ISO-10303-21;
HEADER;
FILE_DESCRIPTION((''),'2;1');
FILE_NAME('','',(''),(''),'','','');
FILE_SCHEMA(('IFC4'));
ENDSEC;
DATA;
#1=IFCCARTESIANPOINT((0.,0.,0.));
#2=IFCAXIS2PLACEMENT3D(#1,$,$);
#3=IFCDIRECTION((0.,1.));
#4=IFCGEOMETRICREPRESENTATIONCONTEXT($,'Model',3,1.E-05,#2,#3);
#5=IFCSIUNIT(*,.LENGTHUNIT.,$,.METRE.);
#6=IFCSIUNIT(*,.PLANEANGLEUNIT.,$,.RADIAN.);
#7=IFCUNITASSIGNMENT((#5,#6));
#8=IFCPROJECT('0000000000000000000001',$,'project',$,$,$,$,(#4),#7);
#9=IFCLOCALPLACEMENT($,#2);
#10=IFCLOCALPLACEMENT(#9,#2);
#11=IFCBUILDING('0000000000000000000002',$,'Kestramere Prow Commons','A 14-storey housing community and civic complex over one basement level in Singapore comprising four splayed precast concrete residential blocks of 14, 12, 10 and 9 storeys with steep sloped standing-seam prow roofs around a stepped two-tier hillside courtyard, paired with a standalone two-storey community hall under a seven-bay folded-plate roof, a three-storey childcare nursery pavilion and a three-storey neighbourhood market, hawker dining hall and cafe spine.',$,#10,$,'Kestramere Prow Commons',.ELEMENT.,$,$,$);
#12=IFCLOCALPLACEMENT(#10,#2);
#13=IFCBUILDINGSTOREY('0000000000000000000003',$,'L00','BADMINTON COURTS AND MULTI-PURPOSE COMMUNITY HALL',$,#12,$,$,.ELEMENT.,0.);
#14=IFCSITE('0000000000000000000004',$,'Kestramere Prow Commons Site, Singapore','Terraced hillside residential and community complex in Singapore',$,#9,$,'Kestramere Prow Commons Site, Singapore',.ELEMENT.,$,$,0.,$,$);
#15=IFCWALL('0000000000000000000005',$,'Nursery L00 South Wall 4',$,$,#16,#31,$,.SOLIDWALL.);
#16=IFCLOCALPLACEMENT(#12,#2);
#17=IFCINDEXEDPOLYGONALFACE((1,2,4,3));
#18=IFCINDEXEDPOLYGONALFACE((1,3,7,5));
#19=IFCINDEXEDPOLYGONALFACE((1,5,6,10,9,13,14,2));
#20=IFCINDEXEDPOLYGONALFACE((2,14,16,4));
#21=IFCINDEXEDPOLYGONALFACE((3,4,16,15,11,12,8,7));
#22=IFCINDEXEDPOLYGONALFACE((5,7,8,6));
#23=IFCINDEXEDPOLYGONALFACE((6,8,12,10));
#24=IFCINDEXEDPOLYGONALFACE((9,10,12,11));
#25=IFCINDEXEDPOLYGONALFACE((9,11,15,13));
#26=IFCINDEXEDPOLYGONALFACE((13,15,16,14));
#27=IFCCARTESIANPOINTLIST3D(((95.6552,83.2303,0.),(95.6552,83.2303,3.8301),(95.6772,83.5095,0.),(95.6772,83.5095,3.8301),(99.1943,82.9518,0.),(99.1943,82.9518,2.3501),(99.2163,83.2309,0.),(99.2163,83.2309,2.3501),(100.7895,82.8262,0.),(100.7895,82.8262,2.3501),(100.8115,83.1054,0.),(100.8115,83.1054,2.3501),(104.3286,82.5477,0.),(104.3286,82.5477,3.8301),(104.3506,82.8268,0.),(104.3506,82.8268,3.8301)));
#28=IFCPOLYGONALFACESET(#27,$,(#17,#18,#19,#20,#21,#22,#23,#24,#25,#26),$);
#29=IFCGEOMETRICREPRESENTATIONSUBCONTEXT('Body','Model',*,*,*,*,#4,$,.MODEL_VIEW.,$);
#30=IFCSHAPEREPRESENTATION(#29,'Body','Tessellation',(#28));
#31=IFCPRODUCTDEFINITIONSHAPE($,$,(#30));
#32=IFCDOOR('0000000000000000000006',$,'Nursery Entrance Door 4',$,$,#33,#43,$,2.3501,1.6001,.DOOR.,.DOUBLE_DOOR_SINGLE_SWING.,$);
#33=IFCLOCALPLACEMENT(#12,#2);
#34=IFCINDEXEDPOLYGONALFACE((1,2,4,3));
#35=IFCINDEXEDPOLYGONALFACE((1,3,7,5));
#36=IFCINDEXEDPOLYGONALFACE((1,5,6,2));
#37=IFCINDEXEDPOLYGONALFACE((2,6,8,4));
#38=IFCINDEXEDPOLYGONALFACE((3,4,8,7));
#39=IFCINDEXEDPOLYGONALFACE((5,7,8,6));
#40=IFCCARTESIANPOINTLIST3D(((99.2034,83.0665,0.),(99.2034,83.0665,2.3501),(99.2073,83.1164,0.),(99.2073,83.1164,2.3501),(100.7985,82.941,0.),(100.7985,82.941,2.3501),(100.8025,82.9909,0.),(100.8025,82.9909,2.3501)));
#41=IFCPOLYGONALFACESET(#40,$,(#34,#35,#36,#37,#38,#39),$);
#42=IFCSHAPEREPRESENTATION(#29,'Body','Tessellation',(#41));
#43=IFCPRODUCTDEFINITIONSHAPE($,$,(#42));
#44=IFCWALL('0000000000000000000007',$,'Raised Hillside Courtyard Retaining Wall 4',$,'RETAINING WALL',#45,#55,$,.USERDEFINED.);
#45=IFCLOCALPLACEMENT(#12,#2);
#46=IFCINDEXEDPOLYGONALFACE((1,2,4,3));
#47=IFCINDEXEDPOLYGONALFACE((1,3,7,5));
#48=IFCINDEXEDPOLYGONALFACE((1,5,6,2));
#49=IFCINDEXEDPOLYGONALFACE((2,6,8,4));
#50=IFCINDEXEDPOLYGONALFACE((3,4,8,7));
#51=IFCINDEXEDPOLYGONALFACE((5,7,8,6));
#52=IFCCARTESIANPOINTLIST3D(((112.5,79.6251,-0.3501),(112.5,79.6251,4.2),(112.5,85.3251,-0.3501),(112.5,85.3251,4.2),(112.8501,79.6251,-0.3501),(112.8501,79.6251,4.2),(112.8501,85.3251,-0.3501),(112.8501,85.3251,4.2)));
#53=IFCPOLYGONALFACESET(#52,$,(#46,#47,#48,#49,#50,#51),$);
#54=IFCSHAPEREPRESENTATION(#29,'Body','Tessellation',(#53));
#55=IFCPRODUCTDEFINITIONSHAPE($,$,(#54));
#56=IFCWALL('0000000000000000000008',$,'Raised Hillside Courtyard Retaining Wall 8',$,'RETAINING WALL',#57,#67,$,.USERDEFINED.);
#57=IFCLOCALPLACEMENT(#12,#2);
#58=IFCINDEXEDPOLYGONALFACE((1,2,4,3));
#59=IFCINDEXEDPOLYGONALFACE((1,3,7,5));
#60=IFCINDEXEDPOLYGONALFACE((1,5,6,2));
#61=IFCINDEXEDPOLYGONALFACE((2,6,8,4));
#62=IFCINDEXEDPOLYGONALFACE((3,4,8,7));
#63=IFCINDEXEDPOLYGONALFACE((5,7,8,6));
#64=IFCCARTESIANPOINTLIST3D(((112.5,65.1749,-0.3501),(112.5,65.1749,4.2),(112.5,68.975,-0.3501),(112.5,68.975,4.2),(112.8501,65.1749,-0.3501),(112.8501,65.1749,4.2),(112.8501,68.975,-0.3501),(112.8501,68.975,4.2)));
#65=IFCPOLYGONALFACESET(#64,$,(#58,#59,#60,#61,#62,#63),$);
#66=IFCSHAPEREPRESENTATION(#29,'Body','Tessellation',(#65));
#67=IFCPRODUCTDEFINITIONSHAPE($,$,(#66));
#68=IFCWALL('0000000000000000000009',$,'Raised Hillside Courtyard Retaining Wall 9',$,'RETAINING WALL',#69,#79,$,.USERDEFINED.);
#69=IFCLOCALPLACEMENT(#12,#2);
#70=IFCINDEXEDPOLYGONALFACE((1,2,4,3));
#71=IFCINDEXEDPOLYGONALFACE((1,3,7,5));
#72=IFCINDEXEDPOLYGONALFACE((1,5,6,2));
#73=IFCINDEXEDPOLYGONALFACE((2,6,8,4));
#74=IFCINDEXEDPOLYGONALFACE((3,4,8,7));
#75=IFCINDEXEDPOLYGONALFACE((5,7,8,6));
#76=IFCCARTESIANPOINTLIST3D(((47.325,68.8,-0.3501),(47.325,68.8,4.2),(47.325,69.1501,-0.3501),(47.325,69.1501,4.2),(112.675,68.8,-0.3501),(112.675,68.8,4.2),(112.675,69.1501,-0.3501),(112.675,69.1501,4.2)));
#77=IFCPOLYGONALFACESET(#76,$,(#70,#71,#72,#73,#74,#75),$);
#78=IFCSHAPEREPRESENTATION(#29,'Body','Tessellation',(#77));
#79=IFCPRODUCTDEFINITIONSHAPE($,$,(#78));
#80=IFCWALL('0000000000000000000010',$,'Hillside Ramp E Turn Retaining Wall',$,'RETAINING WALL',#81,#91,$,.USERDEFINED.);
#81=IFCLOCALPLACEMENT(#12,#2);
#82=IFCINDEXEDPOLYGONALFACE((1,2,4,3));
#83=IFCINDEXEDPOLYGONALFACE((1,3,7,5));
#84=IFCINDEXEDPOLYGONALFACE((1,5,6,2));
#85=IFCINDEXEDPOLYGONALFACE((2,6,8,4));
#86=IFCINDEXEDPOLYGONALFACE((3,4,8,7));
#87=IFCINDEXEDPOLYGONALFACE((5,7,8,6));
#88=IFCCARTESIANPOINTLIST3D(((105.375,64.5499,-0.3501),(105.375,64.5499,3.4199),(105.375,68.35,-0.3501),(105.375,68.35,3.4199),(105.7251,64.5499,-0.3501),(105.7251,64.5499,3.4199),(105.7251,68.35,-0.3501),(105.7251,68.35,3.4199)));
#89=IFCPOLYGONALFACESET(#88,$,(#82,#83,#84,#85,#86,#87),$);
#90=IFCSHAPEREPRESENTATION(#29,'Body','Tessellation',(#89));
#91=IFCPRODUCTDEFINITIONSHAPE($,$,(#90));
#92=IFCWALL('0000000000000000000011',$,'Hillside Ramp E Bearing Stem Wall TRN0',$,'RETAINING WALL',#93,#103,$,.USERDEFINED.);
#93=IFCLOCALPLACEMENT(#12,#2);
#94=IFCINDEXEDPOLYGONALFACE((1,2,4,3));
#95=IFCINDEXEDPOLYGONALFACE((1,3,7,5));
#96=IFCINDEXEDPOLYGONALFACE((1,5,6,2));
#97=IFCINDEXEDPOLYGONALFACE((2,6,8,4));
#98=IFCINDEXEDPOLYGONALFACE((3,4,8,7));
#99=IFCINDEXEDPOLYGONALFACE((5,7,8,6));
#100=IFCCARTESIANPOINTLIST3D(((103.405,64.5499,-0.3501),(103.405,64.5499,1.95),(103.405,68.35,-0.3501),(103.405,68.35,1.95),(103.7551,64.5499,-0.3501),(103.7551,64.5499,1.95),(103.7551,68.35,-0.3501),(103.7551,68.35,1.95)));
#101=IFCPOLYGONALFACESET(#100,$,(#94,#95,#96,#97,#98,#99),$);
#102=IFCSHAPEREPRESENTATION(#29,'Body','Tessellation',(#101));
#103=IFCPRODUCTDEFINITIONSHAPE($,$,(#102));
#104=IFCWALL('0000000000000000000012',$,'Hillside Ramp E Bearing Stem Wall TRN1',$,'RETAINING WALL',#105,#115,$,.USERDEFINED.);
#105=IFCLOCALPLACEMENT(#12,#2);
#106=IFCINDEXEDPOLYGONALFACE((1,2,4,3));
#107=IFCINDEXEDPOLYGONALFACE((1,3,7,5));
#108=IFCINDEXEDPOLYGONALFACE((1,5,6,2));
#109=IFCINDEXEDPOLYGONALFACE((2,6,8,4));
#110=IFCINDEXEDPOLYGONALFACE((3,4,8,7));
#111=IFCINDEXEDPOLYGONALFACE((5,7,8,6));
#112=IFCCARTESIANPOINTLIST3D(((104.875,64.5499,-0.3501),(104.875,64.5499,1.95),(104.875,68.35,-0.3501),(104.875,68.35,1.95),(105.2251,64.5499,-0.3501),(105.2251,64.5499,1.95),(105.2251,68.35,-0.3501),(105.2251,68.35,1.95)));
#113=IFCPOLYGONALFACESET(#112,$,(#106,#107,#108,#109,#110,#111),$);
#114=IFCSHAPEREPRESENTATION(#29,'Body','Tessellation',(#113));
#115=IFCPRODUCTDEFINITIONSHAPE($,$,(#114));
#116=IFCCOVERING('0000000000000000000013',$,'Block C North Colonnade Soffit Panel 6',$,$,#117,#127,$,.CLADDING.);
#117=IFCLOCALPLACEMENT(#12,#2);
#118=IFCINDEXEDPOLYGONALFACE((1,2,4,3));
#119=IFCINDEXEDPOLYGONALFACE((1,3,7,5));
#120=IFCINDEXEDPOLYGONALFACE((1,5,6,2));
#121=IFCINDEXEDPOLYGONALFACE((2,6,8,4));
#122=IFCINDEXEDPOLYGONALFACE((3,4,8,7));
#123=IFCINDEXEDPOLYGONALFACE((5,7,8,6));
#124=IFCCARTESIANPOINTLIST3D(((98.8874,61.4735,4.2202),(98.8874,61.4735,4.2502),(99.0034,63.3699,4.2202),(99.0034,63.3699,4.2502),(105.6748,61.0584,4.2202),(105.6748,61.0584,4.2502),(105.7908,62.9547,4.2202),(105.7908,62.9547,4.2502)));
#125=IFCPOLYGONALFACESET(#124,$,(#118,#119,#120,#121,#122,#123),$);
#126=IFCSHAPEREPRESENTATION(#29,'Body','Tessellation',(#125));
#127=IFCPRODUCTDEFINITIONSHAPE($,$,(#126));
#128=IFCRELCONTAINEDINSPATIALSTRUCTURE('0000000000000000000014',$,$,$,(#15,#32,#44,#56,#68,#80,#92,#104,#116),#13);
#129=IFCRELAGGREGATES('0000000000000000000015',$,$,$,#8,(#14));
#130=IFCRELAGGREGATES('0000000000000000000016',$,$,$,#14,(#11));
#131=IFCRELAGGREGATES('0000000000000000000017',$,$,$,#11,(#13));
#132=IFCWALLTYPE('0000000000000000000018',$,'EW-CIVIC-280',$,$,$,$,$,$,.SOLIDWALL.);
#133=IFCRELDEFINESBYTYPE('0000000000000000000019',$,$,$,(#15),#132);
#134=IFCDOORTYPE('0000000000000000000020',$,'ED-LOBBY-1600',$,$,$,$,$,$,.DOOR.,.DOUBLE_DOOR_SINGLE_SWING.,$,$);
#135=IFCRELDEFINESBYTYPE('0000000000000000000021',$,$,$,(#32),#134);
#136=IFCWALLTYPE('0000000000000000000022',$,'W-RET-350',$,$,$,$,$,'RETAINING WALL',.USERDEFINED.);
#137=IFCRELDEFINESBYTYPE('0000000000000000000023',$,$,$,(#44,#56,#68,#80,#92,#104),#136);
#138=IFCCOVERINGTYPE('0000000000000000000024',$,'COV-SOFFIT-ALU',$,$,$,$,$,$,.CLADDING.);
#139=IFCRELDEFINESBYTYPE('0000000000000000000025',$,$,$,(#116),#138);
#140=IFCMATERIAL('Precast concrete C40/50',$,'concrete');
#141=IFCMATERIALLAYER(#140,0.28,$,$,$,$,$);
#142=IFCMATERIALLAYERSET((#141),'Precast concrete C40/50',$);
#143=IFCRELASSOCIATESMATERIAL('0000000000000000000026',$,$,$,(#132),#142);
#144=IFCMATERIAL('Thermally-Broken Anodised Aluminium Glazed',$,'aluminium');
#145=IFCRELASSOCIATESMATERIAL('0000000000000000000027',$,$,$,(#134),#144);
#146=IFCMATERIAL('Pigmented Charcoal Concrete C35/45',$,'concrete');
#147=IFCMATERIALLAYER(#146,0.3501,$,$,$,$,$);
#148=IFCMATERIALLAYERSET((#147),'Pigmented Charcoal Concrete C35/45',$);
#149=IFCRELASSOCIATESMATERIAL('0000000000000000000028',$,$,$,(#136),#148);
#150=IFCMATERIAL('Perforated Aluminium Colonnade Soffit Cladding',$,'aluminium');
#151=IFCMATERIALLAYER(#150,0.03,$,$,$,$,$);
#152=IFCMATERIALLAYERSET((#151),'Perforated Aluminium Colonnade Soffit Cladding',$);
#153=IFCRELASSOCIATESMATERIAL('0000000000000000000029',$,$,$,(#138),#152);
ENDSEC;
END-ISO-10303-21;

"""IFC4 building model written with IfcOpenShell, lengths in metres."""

from ifc_helpers import new_model, si_unit, direction, frame, frame_2d, origin, origin_2d, place, context, subcontext, project, spatial, rectangle, extrude, material, layer, layer_set, type_object, element, fill, save


model = new_model("IFC4")

# Units and contexts
model_context = context("Model", 3, precision=1e-05, world=origin(), true_north=direction((0.0, 1.0)))
body_context = subcontext(model_context, "Body", "Model", "MODEL_VIEW")
ifc_project = project(units=[si_unit("LENGTHUNIT", "METRE"), si_unit("PLANEANGLEUNIT", "RADIAN")], contexts=[model_context])

# Site, building, storey
site_placement = place(None, origin())
site = spatial("IfcSite", under=ifc_project, at=site_placement, Name="Kestramere Prow Commons Site, Singapore", Description="Terraced hillside residential and community complex in Singapore", LongName="Kestramere Prow Commons Site, Singapore", CompositionType="ELEMENT", RefElevation=0.0)
building_placement = place(site_placement, origin())
building = spatial("IfcBuilding", under=site, at=building_placement, Name="Kestramere Prow Commons", Description="A 14-storey housing community and civic complex over one basement level in Singapore comprising four splayed precast concrete residential blocks of 14, 12, 10 and 9 storeys with steep sloped standing-seam prow roofs around a stepped two-tier hillside courtyard, paired with a standalone two-storey community hall under a seven-bay folded-plate roof, a three-storey childcare nursery pavilion and a three-storey neighbourhood market, hawker dining hall and cafe spine.", LongName="Kestramere Prow Commons", CompositionType="ELEMENT")
storey_placement = place(building_placement, origin())
storey = spatial("IfcBuildingStorey", under=building, at=storey_placement, Name="L00", Description="BADMINTON COURTS AND MULTI-PURPOSE COMMUNITY HALL", CompositionType="ELEMENT", Elevation=0.0)

# Shared definitions
ifc_material_1 = material(Name="Precast concrete C40/50", Category="concrete")

# Wall, opening, door
ifc_layer_1 = layer(ifc_material_1, 0.28)
ifc_layer_set_1 = layer_set([ifc_layer_1], Name="Precast concrete C40/50")
wall_type_1 = type_object("IfcWallType", Name="EW-CIVIC-280", PredefinedType="SOLIDWALL", material=ifc_layer_set_1)
wall_1_placement = place(storey_placement, frame((104.3396, 82.6873, 0.0), z_axis=(0.0, 0.0, 1.0), x_axis=(-0.996917, 0.07846, 0.0)))
wall_1 = element("IfcWall", 1, at=wall_1_placement, inside=storey, type_object=wall_type_1, Name="Nursery L00 South Wall 4", PredefinedType="SOLIDWALL", context=body_context, shape_type="SweptSolid", body=[
    extrude(rectangle(XDim=8.7002, YDim=0.28, at=frame_2d((4.3501, 0.0))), origin(), (0.0, 0.0, 1.0), 3.8301),
])
opening_placement = place(wall_1_placement, frame((3.55, 0.0, 0.0)))
opening = element("IfcOpeningElement", 2, at=opening_placement, cuts=wall_1, PredefinedType="OPENING", context=body_context, shape_type="SweptSolid", body=[
    extrude(rectangle(XDim=1.6001, YDim=2.3501, at=frame_2d((0.8, 1.175))), frame((0.0, 0.155, 0.0), z_axis=(0.0, -1.0, 0.0), x_axis=(1.0, 0.0, 0.0)), (0.0, 0.0, 1.0), 0.3101),
])
ifc_material_2 = material(Name="Thermally-Broken Anodised Aluminium Glazed", Category="aluminium")
door_type = type_object("IfcDoorType", Name="ED-LOBBY-1600", OperationType="DOUBLE_DOOR_SINGLE_SWING", PredefinedType="DOOR", material=ifc_material_2)
door_placement = place(opening_placement, origin())
door = element("IfcDoor", 3, at=door_placement, inside=storey, type_object=door_type, Name="Nursery Entrance Door 4", OperationType="DOUBLE_DOOR_SINGLE_SWING", OverallHeight=2.3501, OverallWidth=1.6001, PredefinedType="DOOR", context=body_context, shape_type="SweptSolid", body=[
    extrude(rectangle(XDim=1.6001, YDim=2.3501, at=frame_2d((0.8, 1.175))), frame((0.0, 0.0249, 0.0), z_axis=(0.0, -1.0, 0.0), x_axis=(1.0, 0.0, 0.0)), (0.0, 0.0, 1.0), 0.05),
])
fill(opening, door)

# Walls
ifc_material_3 = material(Name="Pigmented Charcoal Concrete C35/45", Category="concrete")
ifc_layer_2 = layer(ifc_material_3, 0.3501)
ifc_layer_set_2 = layer_set([ifc_layer_2], Name="Pigmented Charcoal Concrete C35/45")
wall_type_2 = type_object("IfcWallType", Name="W-RET-350", ElementType="RETAINING WALL", PredefinedType="USERDEFINED", material=ifc_layer_set_2)
wall_2_placement = place(storey_placement, frame((112.675, 79.625, -0.3501), z_axis=(0.0, 0.0, 1.0), x_axis=(0.0, 1.0, 0.0)))
element("IfcWall", 4, at=wall_2_placement, inside=storey, type_object=wall_type_2, Name="Raised Hillside Courtyard Retaining Wall 4", ObjectType="RETAINING WALL", PredefinedType="USERDEFINED", context=body_context, shape_type="SweptSolid", body=[
    extrude(rectangle(XDim=5.7, YDim=0.3501, at=frame_2d((2.8501, 0.0))), origin(), (0.0, 0.0, 1.0), 4.55),
])
wall_3_placement = place(storey_placement, frame((112.675, 65.175, -0.3501), z_axis=(0.0, 0.0, 1.0), x_axis=(0.0, 1.0, 0.0)))
element("IfcWall", 5, at=wall_3_placement, inside=storey, type_object=wall_type_2, Name="Raised Hillside Courtyard Retaining Wall 8", ObjectType="RETAINING WALL", PredefinedType="USERDEFINED", context=body_context, shape_type="SweptSolid", body=[
    extrude(rectangle(XDim=3.8, YDim=0.3501, at=frame_2d((1.8999, 0.0))), origin(), (0.0, 0.0, 1.0), 4.55),
])
wall_4_placement = place(storey_placement, frame((112.675, 68.9751, -0.3501), z_axis=(0.0, 0.0, 1.0), x_axis=(-1.0, 0.0, 0.0)))
element("IfcWall", 6, at=wall_4_placement, inside=storey, type_object=wall_type_2, Name="Raised Hillside Courtyard Retaining Wall 9", ObjectType="RETAINING WALL", PredefinedType="USERDEFINED", context=body_context, shape_type="SweptSolid", body=[
    extrude(rectangle(XDim=65.3501, YDim=0.3501, at=frame_2d((32.675, 0.0))), origin(), (0.0, 0.0, 1.0), 4.55),
])
wall_5_placement = place(storey_placement, frame((105.55, 64.55, -0.3501), z_axis=(0.0, 0.0, 1.0), x_axis=(0.0, 1.0, 0.0)))
element("IfcWall", 7, at=wall_5_placement, inside=storey, type_object=wall_type_2, Name="Hillside Ramp E Turn Retaining Wall", ObjectType="RETAINING WALL", PredefinedType="USERDEFINED", context=body_context, shape_type="SweptSolid", body=[
    extrude(rectangle(XDim=3.8, YDim=0.3501, at=frame_2d((1.8999, 0.0))), origin(), (0.0, 0.0, 1.0), 3.77),
])
for number, where, z_axis, x_axis, name in (
    (8, (103.5801, 64.55, -0.3501), (0.0, 0.0, 1.0), (0.0, 1.0, 0.0), "Hillside Ramp E Bearing Stem Wall TRN0"),
    (9, (105.05, 64.55, -0.3501), (0.0, 0.0, 1.0), (0.0, 1.0, 0.0), "Hillside Ramp E Bearing Stem Wall TRN1"),
):
    element("IfcWall", number, at=place(storey_placement, frame(where, z_axis=z_axis, x_axis=x_axis)), inside=storey, type_object=wall_type_2, Name=name, ObjectType="RETAINING WALL", PredefinedType="USERDEFINED", context=body_context, shape_type="SweptSolid", body=[
        extrude(rectangle(XDim=3.8, YDim=0.3501, at=frame_2d((1.8999, 0.0))), origin(), (0.0, 0.0, 1.0), 2.3),
    ])

# Covering
ifc_material_4 = material(Name="Perforated Aluminium Colonnade Soffit Cladding", Category="aluminium")
ifc_layer_3 = layer(ifc_material_4, 0.03)
ifc_layer_set_3 = layer_set([ifc_layer_3], Name="Perforated Aluminium Colonnade Soffit Cladding")
covering_type = type_object("IfcCoveringType", Name="COV-SOFFIT-ALU", PredefinedType="CLADDING", material=ifc_layer_set_3)
covering_placement = place(storey_placement, frame((102.3391, 62.2141, 4.2202), z_axis=(0.0, 0.0, 1.0), x_axis=(0.998135, -0.061049, 0.0)))
element("IfcCovering", 10, at=covering_placement, inside=storey, type_object=covering_type, Name="Block C North Colonnade Soffit Panel 6", PredefinedType="CLADDING", context=body_context, shape_type="SweptSolid", body=[
    extrude(rectangle(XDim=6.8, YDim=1.8999, at=origin_2d()), origin(), (0.0, 0.0, 1.0), 0.03),
])

save(model, "model.ifc")
